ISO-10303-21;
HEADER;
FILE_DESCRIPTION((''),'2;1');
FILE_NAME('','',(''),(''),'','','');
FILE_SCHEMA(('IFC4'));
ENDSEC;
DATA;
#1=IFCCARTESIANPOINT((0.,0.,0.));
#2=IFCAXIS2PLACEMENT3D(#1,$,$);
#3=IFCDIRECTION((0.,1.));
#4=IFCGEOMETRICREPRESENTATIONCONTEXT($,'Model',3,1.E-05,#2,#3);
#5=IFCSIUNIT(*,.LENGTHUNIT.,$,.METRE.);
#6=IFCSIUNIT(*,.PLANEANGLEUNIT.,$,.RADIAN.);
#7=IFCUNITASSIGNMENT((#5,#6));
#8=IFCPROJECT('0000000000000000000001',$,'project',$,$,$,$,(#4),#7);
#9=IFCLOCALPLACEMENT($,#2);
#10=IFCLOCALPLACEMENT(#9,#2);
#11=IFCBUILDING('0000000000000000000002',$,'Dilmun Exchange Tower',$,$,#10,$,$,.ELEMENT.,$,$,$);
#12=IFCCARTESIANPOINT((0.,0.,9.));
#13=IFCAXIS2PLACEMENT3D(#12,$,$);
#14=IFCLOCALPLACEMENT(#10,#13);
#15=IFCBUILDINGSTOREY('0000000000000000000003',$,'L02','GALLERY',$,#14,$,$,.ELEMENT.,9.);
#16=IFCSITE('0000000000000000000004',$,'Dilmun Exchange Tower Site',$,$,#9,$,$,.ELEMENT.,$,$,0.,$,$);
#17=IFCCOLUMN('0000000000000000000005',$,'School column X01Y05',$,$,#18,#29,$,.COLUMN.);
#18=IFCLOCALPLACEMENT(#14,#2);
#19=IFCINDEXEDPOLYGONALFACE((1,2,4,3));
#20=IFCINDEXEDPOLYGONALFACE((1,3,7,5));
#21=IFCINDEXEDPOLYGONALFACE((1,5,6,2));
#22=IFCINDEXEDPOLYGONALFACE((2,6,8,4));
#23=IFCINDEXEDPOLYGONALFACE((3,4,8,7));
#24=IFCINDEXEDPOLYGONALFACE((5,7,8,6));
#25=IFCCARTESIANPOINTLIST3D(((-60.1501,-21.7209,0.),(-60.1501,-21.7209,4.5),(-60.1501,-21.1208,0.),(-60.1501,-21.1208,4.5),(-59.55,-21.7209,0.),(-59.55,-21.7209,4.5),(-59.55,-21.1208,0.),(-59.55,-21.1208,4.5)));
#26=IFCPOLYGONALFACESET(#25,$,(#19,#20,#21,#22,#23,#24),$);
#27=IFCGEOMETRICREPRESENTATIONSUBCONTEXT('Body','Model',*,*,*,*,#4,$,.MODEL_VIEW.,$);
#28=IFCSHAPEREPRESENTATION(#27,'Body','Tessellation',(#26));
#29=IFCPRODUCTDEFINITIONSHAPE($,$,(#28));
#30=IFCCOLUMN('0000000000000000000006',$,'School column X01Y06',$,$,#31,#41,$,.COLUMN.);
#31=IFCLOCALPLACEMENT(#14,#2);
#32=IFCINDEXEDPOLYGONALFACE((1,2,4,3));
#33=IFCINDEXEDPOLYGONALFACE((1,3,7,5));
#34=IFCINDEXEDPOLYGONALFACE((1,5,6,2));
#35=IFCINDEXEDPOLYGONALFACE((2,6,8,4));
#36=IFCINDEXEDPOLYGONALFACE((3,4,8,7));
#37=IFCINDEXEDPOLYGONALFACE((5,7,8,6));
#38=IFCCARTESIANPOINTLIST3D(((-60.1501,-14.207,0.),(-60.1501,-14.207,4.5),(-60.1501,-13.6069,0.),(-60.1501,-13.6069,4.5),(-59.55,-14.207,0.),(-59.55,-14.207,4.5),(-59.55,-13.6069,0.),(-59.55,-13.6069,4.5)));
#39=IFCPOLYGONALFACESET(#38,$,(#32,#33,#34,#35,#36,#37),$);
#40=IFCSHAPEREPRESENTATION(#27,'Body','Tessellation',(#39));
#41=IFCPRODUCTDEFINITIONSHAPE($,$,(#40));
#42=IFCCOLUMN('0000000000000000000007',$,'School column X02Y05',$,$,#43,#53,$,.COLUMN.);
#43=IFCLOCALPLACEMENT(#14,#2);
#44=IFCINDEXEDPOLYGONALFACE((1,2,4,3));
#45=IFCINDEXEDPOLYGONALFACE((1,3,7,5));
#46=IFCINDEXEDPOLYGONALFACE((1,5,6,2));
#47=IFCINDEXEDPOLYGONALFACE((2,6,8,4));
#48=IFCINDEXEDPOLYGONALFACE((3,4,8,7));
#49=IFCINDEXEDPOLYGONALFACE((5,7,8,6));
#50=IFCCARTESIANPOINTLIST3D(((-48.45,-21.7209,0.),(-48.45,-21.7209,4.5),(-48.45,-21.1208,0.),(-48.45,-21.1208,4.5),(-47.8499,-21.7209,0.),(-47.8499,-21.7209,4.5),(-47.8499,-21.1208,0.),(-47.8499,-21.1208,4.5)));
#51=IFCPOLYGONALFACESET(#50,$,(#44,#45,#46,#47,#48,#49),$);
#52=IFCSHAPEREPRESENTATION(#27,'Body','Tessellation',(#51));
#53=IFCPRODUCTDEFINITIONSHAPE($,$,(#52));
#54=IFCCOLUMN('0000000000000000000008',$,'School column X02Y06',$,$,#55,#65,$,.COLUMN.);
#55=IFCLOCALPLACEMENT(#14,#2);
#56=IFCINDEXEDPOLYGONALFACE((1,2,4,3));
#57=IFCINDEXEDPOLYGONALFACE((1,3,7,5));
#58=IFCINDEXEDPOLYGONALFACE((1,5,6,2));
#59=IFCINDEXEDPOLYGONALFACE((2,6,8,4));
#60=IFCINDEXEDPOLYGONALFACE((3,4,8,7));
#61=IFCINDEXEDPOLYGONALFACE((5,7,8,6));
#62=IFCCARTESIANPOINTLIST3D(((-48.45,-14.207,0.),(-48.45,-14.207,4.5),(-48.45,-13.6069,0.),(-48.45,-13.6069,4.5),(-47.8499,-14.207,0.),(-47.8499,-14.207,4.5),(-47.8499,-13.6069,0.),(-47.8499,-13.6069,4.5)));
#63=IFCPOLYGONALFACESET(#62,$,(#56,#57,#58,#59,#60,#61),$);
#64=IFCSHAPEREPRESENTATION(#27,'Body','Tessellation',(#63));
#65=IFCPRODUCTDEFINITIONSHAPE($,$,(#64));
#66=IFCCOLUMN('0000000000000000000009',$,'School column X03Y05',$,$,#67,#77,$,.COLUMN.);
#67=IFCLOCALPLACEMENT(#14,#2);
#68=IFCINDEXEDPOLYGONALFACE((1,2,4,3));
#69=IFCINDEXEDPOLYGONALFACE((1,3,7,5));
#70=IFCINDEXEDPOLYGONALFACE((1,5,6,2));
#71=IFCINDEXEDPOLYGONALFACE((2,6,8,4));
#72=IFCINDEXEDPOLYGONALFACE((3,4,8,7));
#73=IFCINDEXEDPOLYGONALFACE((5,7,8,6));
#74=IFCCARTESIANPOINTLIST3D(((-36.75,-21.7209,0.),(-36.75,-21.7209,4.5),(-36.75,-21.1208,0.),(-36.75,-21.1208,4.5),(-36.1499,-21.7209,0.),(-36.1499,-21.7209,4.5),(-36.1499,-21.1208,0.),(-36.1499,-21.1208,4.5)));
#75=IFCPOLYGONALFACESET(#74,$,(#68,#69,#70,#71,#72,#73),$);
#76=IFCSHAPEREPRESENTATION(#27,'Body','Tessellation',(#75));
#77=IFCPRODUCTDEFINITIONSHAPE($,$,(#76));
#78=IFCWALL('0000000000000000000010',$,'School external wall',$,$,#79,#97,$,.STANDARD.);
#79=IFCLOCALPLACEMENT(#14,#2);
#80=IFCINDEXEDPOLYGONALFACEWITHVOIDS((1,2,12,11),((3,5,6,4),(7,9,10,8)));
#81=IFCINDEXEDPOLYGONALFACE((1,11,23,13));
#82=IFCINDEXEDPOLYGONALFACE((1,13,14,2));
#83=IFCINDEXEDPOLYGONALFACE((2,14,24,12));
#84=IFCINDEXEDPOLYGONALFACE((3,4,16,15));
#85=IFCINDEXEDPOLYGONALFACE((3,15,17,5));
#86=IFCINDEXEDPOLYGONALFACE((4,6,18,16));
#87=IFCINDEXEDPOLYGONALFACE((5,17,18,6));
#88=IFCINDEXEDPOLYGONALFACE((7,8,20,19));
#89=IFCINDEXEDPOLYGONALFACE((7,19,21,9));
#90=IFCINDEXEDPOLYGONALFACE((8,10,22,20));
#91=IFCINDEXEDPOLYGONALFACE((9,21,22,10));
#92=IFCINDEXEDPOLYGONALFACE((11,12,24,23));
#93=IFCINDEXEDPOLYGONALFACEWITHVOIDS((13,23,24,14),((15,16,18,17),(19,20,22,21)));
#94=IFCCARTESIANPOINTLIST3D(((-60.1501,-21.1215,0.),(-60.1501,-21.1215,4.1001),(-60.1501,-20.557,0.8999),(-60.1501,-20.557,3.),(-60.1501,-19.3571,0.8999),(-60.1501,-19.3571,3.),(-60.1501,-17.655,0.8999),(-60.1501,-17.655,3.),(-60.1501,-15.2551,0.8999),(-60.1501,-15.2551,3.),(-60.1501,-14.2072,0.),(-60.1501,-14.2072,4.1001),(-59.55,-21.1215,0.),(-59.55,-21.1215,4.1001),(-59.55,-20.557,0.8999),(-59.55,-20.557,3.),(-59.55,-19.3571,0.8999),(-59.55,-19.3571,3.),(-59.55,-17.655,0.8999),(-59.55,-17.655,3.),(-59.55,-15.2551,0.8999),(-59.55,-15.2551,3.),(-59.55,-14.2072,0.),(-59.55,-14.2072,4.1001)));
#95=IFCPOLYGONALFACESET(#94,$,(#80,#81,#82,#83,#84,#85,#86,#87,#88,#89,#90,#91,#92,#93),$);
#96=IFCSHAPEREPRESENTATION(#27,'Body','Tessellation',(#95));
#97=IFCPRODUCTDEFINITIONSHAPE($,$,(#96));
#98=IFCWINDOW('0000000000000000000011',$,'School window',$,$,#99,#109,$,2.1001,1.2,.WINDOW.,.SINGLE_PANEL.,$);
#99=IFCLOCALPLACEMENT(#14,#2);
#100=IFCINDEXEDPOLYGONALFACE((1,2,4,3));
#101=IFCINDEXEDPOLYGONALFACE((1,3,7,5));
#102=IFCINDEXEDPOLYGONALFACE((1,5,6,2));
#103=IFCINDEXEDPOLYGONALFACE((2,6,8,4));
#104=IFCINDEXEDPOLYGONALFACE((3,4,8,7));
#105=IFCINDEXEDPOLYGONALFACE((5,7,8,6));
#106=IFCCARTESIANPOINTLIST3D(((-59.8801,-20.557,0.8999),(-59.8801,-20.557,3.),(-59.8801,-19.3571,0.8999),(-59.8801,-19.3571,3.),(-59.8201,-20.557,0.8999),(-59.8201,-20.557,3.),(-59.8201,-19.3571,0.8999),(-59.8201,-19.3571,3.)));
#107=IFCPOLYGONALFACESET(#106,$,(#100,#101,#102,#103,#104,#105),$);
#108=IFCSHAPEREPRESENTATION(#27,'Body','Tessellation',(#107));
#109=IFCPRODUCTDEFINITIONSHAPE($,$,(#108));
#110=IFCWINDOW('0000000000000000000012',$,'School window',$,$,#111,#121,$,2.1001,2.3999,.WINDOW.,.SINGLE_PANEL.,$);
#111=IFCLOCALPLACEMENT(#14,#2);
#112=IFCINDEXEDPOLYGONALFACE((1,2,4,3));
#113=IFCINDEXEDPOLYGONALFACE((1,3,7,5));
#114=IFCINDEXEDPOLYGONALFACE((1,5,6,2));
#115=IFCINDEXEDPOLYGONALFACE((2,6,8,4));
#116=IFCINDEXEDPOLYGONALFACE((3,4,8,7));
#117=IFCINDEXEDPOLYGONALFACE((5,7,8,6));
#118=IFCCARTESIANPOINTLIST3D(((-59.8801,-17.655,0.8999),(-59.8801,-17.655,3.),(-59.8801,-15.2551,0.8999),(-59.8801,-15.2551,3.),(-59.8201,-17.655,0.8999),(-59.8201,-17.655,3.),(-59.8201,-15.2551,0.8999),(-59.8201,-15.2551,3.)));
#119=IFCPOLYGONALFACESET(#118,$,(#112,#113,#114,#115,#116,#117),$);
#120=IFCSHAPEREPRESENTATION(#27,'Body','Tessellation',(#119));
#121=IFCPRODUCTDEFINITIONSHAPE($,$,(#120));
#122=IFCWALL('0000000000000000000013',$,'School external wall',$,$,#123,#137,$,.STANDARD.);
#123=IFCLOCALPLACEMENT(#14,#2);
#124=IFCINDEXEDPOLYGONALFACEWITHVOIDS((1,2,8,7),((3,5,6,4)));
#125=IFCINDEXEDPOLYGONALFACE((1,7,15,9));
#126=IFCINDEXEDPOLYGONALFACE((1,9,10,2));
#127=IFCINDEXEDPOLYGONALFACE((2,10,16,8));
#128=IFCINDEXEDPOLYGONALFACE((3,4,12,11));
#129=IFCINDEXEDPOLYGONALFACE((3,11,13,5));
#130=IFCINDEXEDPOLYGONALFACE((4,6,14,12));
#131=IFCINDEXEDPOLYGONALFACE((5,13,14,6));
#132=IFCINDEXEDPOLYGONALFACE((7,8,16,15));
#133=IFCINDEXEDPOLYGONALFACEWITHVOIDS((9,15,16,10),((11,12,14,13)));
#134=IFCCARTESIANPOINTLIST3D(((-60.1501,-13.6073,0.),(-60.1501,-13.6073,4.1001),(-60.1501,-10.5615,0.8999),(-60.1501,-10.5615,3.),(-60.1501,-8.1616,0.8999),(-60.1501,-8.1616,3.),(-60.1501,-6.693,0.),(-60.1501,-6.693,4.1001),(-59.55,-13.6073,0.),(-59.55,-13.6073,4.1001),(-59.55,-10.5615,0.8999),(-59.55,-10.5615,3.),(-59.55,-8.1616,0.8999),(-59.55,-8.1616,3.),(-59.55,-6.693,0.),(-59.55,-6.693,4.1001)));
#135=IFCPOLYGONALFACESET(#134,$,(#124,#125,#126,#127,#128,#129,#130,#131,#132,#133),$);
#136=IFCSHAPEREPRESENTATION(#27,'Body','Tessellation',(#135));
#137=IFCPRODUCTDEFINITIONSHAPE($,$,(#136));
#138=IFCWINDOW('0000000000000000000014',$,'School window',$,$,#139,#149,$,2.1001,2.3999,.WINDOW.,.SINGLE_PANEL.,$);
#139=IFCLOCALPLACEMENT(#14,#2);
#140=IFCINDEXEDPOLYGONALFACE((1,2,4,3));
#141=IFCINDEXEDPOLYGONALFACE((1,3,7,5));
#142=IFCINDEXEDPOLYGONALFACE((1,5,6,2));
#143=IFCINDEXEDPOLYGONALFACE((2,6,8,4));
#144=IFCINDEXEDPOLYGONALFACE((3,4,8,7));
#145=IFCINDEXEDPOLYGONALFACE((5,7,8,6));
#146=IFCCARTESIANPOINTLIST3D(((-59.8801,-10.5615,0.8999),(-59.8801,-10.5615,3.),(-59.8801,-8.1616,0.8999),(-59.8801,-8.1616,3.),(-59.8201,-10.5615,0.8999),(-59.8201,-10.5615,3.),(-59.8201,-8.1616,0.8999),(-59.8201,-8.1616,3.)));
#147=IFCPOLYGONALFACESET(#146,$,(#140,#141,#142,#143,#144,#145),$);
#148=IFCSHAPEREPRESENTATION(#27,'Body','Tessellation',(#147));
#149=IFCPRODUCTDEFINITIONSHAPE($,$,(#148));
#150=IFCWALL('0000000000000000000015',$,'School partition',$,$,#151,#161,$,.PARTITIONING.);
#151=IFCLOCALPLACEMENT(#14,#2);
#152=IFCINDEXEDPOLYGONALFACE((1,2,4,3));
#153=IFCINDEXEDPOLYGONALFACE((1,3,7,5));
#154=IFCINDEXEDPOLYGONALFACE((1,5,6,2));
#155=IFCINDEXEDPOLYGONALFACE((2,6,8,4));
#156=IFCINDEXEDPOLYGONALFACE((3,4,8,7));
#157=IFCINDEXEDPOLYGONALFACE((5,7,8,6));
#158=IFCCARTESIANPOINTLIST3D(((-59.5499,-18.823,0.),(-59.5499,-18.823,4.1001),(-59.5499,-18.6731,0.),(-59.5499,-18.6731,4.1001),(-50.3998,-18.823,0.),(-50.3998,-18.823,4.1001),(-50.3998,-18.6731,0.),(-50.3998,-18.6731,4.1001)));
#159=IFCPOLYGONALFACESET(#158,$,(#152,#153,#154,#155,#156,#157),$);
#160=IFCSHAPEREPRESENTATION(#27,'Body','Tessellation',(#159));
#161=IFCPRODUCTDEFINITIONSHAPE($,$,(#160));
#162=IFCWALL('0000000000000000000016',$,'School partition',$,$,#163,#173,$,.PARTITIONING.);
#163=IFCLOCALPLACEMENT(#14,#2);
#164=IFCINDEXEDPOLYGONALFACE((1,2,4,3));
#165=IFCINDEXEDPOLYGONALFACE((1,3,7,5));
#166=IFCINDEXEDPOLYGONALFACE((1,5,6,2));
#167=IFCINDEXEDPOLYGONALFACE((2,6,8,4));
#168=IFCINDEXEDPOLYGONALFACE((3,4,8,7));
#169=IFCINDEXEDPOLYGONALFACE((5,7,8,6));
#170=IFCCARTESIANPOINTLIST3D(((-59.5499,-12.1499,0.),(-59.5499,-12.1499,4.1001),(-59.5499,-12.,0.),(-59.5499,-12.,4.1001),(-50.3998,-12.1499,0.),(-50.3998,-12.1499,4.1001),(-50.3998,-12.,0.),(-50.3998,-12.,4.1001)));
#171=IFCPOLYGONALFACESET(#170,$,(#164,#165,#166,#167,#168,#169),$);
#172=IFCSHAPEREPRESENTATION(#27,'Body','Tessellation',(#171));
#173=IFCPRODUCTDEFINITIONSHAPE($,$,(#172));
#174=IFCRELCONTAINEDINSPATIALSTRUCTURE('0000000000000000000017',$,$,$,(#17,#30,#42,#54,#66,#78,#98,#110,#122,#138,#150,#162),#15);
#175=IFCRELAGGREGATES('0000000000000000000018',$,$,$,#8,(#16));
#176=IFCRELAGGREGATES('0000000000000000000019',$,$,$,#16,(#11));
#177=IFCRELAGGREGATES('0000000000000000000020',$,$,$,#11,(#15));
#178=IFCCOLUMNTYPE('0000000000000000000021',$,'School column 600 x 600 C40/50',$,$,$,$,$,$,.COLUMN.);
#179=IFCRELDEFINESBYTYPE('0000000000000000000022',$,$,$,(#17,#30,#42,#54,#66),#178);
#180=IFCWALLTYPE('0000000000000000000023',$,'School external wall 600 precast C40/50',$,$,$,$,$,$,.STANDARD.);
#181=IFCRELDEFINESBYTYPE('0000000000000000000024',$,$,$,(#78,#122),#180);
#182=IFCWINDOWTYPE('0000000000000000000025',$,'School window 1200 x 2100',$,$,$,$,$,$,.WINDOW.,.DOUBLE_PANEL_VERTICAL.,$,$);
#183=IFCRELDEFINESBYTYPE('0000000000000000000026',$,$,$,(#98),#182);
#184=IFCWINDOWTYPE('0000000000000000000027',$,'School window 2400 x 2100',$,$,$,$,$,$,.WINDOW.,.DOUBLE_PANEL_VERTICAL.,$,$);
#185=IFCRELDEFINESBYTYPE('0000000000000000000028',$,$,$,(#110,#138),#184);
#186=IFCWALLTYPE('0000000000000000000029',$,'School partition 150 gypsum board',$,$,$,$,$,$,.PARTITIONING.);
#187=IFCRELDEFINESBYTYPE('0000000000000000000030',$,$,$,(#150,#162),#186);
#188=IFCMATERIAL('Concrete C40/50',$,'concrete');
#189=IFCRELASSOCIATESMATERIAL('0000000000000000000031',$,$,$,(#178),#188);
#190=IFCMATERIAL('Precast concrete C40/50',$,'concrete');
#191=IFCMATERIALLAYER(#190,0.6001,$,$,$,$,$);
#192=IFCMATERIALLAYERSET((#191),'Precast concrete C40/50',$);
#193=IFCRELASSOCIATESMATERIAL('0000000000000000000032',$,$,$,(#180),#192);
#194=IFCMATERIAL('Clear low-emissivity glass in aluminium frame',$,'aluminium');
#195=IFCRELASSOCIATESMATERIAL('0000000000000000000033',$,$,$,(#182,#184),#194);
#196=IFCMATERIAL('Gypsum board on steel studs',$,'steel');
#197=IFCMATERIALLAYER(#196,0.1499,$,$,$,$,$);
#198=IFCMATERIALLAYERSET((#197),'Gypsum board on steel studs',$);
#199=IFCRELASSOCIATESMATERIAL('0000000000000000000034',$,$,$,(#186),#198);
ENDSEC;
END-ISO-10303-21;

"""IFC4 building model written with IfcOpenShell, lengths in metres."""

from ifc_helpers import new_model, si_unit, direction, frame, frame_2d, origin, origin_2d, place, context, subcontext, project, spatial, rectangle, extrude, material, layer, layer_set, material_profile, profile_set, type_object, element, fill, save


model = new_model("IFC4")

# Units and contexts
model_context = context("Model", 3, precision=1e-05, world=origin(), true_north=direction((0.0, 1.0)))
body_context = subcontext(model_context, "Body", "Model", "MODEL_VIEW")
ifc_project = project(units=[si_unit("LENGTHUNIT", "METRE"), si_unit("PLANEANGLEUNIT", "RADIAN")], contexts=[model_context])

# Site, building, storey
site_placement = place(None, origin())
site = spatial("IfcSite", under=ifc_project, at=site_placement, Name="Dilmun Exchange Tower Site", CompositionType="ELEMENT", RefElevation=0.0)
building_placement = place(site_placement, origin())
building = spatial("IfcBuilding", under=site, at=building_placement, Name="Dilmun Exchange Tower", CompositionType="ELEMENT")
storey_placement = place(building_placement, frame((0.0, 0.0, 9.0)))
storey = spatial("IfcBuildingStorey", under=building, at=storey_placement, Name="L02", Description="GALLERY", CompositionType="ELEMENT", Elevation=9.0)

# Columns
ifc_material_1 = material(Name="Concrete C40/50", Category="concrete")
ifc_material_profile = material_profile(ifc_material_1, rectangle(XDim=0.6001, YDim=0.6001, at=origin_2d()), Name="600 x 600")
ifc_profile_set = profile_set([ifc_material_profile], Name="Concrete C40/50")
column_type = type_object("IfcColumnType", Name="School column 600 x 600 C40/50", PredefinedType="COLUMN", material=ifc_profile_set)
for number, where, z_axis, x_axis, name in (
    (1, (-59.8501, -21.4209, 0.0), (0.0, 0.0, 1.0), (1.0, 0.0, 0.0), "School column X01Y05"),
    (2, (-59.8501, -13.907, 0.0), (0.0, 0.0, 1.0), (1.0, 0.0, 0.0), "School column X01Y06"),
    (3, (-48.1499, -21.4209, 0.0), (0.0, 0.0, 1.0), (1.0, 0.0, 0.0), "School column X02Y05"),
    (4, (-48.1499, -13.907, 0.0), (0.0, 0.0, 1.0), (1.0, 0.0, 0.0), "School column X02Y06"),
    (5, (-36.45, -21.4209, 0.0), (0.0, 0.0, 1.0), (1.0, 0.0, 0.0), "School column X03Y05"),
):
    element("IfcColumn", number, at=place(storey_placement, frame(where, z_axis=z_axis, x_axis=x_axis)), inside=storey, type_object=column_type, Name=name, PredefinedType="COLUMN", context=body_context, shape_type="SweptSolid", body=[
        extrude(rectangle(XDim=0.6001, YDim=0.6001, at=origin_2d()), origin(), (0.0, 0.0, 1.0), 4.5),
    ])

# Wall, openings, windows
ifc_material_2 = material(Name="Precast concrete C40/50", Category="concrete")
ifc_layer_1 = layer(ifc_material_2, 0.6001)
ifc_layer_set_1 = layer_set([ifc_layer_1], Name="Precast concrete C40/50")
wall_type_1 = type_object("IfcWallType", Name="School external wall 600 precast C40/50", PredefinedType="STANDARD", material=ifc_layer_set_1)
wall_1_placement = place(storey_placement, frame((-59.8501, -21.1213, 0.0), z_axis=(0.0, 0.0, 1.0), x_axis=(0.0, 1.0, 0.0)))
wall_1 = element("IfcWall", 6, at=wall_1_placement, inside=storey, type_object=wall_type_1, Name="School external wall", PredefinedType="STANDARD", context=body_context, shape_type="SweptSolid", body=[
    extrude(rectangle(XDim=6.9143, YDim=0.6001, at=frame_2d((3.457, 0.0))), origin(), (0.0, 0.0, 1.0), 4.1001),
])
opening_1_placement = place(wall_1_placement, frame((0.5642, 0.0, 0.8999)))
opening_1 = element("IfcOpeningElement", 7, at=opening_1_placement, cuts=wall_1, PredefinedType="OPENING", context=body_context, shape_type="SweptSolid", body=[
    extrude(rectangle(XDim=1.2, YDim=2.1001, at=frame_2d((0.6001, 1.05))), frame((0.0, 0.3101, 0.0), z_axis=(0.0, -1.0, 0.0), x_axis=(1.0, 0.0, 0.0)), (0.0, 0.0, 1.0), 0.6201),
])
opening_2_placement = place(wall_1_placement, frame((3.4663, 0.0, 0.8999)))
opening_2 = element("IfcOpeningElement", 8, at=opening_2_placement, cuts=wall_1, PredefinedType="OPENING", context=body_context, shape_type="SweptSolid", body=[
    extrude(rectangle(XDim=2.3999, YDim=2.1001, at=frame_2d((1.2, 1.05))), frame((0.0, 0.3101, 0.0), z_axis=(0.0, -1.0, 0.0), x_axis=(1.0, 0.0, 0.0)), (0.0, 0.0, 1.0), 0.6201),
])
ifc_material_3 = material(Name="Clear low-emissivity glass in aluminium frame", Category="aluminium")
window_type_1 = type_object("IfcWindowType", Name="School window 1200 x 2100", PartitioningType="DOUBLE_PANEL_VERTICAL", PredefinedType="WINDOW", material=ifc_material_3)
window_1_placement = place(opening_1_placement, origin())
window_1 = element("IfcWindow", 9, at=window_1_placement, inside=storey, type_object=window_type_1, Name="School window", OverallHeight=2.1001, OverallWidth=1.2, PartitioningType="SINGLE_PANEL", PredefinedType="WINDOW", context=body_context, shape_type="SweptSolid", body=[
    extrude(rectangle(XDim=1.2, YDim=2.1001, at=frame_2d((0.6001, 1.05))), frame((0.0, 0.03, 0.0), z_axis=(0.0, -1.0, 0.0), x_axis=(1.0, 0.0, 0.0)), (0.0, 0.0, 1.0), 0.0601),
])
fill(opening_1, window_1)
window_type_2 = type_object("IfcWindowType", Name="School window 2400 x 2100", PartitioningType="DOUBLE_PANEL_VERTICAL", PredefinedType="WINDOW", material=ifc_material_3)
window_2_placement = place(opening_2_placement, origin())
window_2 = element("IfcWindow", 10, at=window_2_placement, inside=storey, type_object=window_type_2, Name="School window", OverallHeight=2.1001, OverallWidth=2.3999, PartitioningType="SINGLE_PANEL", PredefinedType="WINDOW", context=body_context, shape_type="SweptSolid", body=[
    extrude(rectangle(XDim=2.3999, YDim=2.1001, at=frame_2d((1.2, 1.05))), frame((0.0, 0.03, 0.0), z_axis=(0.0, -1.0, 0.0), x_axis=(1.0, 0.0, 0.0)), (0.0, 0.0, 1.0), 0.0601),
])
fill(opening_2, window_2)

# Wall, opening, window
wall_2_placement = place(storey_placement, frame((-59.8501, -13.6072, 0.0), z_axis=(0.0, 0.0, 1.0), x_axis=(0.0, 1.0, 0.0)))
wall_2 = element("IfcWall", 11, at=wall_2_placement, inside=storey, type_object=wall_type_1, Name="School external wall", PredefinedType="STANDARD", context=body_context, shape_type="SweptSolid", body=[
    extrude(rectangle(XDim=6.9143, YDim=0.6001, at=frame_2d((3.457, 0.0))), origin(), (0.0, 0.0, 1.0), 4.1001),
])
opening_3_placement = place(wall_2_placement, frame((3.0457, 0.0, 0.8999)))
opening_3 = element("IfcOpeningElement", 12, at=opening_3_placement, cuts=wall_2, PredefinedType="OPENING", context=body_context, shape_type="SweptSolid", body=[
    extrude(rectangle(XDim=2.3999, YDim=2.1001, at=frame_2d((1.2, 1.05))), frame((0.0, 0.3101, 0.0), z_axis=(0.0, -1.0, 0.0), x_axis=(1.0, 0.0, 0.0)), (0.0, 0.0, 1.0), 0.6201),
])
window_3_placement = place(opening_3_placement, origin())
window_3 = element("IfcWindow", 13, at=window_3_placement, inside=storey, type_object=window_type_2, Name="School window", OverallHeight=2.1001, OverallWidth=2.3999, PartitioningType="SINGLE_PANEL", PredefinedType="WINDOW", context=body_context, shape_type="SweptSolid", body=[
    extrude(rectangle(XDim=2.3999, YDim=2.1001, at=frame_2d((1.2, 1.05))), frame((0.0, 0.03, 0.0), z_axis=(0.0, -1.0, 0.0), x_axis=(1.0, 0.0, 0.0)), (0.0, 0.0, 1.0), 0.0601),
])
fill(opening_3, window_3)

# Walls
ifc_material_4 = material(Name="Gypsum board on steel studs", Category="steel")
ifc_layer_2 = layer(ifc_material_4, 0.1499)
ifc_layer_set_2 = layer_set([ifc_layer_2], Name="Gypsum board on steel studs")
wall_type_2 = type_object("IfcWallType", Name="School partition 150 gypsum board", PredefinedType="PARTITIONING", material=ifc_layer_set_2)
for number, where, z_axis, x_axis, name in (
    (14, (-59.55, -18.748, 0.0), (0.0, 0.0, 1.0), (1.0, 0.0, 0.0), "School partition"),
    (15, (-59.55, -12.075, 0.0), (0.0, 0.0, 1.0), (1.0, 0.0, 0.0), "School partition"),
):
    element("IfcWall", number, at=place(storey_placement, frame(where, z_axis=z_axis, x_axis=x_axis)), inside=storey, type_object=wall_type_2, Name=name, PredefinedType="PARTITIONING", context=body_context, shape_type="SweptSolid", body=[
        extrude(rectangle(XDim=9.1501, YDim=0.1499, at=frame_2d((4.5752, 0.0))), origin(), (0.0, 0.0, 1.0), 4.1001),
    ])

save(model, "model.ifc")
